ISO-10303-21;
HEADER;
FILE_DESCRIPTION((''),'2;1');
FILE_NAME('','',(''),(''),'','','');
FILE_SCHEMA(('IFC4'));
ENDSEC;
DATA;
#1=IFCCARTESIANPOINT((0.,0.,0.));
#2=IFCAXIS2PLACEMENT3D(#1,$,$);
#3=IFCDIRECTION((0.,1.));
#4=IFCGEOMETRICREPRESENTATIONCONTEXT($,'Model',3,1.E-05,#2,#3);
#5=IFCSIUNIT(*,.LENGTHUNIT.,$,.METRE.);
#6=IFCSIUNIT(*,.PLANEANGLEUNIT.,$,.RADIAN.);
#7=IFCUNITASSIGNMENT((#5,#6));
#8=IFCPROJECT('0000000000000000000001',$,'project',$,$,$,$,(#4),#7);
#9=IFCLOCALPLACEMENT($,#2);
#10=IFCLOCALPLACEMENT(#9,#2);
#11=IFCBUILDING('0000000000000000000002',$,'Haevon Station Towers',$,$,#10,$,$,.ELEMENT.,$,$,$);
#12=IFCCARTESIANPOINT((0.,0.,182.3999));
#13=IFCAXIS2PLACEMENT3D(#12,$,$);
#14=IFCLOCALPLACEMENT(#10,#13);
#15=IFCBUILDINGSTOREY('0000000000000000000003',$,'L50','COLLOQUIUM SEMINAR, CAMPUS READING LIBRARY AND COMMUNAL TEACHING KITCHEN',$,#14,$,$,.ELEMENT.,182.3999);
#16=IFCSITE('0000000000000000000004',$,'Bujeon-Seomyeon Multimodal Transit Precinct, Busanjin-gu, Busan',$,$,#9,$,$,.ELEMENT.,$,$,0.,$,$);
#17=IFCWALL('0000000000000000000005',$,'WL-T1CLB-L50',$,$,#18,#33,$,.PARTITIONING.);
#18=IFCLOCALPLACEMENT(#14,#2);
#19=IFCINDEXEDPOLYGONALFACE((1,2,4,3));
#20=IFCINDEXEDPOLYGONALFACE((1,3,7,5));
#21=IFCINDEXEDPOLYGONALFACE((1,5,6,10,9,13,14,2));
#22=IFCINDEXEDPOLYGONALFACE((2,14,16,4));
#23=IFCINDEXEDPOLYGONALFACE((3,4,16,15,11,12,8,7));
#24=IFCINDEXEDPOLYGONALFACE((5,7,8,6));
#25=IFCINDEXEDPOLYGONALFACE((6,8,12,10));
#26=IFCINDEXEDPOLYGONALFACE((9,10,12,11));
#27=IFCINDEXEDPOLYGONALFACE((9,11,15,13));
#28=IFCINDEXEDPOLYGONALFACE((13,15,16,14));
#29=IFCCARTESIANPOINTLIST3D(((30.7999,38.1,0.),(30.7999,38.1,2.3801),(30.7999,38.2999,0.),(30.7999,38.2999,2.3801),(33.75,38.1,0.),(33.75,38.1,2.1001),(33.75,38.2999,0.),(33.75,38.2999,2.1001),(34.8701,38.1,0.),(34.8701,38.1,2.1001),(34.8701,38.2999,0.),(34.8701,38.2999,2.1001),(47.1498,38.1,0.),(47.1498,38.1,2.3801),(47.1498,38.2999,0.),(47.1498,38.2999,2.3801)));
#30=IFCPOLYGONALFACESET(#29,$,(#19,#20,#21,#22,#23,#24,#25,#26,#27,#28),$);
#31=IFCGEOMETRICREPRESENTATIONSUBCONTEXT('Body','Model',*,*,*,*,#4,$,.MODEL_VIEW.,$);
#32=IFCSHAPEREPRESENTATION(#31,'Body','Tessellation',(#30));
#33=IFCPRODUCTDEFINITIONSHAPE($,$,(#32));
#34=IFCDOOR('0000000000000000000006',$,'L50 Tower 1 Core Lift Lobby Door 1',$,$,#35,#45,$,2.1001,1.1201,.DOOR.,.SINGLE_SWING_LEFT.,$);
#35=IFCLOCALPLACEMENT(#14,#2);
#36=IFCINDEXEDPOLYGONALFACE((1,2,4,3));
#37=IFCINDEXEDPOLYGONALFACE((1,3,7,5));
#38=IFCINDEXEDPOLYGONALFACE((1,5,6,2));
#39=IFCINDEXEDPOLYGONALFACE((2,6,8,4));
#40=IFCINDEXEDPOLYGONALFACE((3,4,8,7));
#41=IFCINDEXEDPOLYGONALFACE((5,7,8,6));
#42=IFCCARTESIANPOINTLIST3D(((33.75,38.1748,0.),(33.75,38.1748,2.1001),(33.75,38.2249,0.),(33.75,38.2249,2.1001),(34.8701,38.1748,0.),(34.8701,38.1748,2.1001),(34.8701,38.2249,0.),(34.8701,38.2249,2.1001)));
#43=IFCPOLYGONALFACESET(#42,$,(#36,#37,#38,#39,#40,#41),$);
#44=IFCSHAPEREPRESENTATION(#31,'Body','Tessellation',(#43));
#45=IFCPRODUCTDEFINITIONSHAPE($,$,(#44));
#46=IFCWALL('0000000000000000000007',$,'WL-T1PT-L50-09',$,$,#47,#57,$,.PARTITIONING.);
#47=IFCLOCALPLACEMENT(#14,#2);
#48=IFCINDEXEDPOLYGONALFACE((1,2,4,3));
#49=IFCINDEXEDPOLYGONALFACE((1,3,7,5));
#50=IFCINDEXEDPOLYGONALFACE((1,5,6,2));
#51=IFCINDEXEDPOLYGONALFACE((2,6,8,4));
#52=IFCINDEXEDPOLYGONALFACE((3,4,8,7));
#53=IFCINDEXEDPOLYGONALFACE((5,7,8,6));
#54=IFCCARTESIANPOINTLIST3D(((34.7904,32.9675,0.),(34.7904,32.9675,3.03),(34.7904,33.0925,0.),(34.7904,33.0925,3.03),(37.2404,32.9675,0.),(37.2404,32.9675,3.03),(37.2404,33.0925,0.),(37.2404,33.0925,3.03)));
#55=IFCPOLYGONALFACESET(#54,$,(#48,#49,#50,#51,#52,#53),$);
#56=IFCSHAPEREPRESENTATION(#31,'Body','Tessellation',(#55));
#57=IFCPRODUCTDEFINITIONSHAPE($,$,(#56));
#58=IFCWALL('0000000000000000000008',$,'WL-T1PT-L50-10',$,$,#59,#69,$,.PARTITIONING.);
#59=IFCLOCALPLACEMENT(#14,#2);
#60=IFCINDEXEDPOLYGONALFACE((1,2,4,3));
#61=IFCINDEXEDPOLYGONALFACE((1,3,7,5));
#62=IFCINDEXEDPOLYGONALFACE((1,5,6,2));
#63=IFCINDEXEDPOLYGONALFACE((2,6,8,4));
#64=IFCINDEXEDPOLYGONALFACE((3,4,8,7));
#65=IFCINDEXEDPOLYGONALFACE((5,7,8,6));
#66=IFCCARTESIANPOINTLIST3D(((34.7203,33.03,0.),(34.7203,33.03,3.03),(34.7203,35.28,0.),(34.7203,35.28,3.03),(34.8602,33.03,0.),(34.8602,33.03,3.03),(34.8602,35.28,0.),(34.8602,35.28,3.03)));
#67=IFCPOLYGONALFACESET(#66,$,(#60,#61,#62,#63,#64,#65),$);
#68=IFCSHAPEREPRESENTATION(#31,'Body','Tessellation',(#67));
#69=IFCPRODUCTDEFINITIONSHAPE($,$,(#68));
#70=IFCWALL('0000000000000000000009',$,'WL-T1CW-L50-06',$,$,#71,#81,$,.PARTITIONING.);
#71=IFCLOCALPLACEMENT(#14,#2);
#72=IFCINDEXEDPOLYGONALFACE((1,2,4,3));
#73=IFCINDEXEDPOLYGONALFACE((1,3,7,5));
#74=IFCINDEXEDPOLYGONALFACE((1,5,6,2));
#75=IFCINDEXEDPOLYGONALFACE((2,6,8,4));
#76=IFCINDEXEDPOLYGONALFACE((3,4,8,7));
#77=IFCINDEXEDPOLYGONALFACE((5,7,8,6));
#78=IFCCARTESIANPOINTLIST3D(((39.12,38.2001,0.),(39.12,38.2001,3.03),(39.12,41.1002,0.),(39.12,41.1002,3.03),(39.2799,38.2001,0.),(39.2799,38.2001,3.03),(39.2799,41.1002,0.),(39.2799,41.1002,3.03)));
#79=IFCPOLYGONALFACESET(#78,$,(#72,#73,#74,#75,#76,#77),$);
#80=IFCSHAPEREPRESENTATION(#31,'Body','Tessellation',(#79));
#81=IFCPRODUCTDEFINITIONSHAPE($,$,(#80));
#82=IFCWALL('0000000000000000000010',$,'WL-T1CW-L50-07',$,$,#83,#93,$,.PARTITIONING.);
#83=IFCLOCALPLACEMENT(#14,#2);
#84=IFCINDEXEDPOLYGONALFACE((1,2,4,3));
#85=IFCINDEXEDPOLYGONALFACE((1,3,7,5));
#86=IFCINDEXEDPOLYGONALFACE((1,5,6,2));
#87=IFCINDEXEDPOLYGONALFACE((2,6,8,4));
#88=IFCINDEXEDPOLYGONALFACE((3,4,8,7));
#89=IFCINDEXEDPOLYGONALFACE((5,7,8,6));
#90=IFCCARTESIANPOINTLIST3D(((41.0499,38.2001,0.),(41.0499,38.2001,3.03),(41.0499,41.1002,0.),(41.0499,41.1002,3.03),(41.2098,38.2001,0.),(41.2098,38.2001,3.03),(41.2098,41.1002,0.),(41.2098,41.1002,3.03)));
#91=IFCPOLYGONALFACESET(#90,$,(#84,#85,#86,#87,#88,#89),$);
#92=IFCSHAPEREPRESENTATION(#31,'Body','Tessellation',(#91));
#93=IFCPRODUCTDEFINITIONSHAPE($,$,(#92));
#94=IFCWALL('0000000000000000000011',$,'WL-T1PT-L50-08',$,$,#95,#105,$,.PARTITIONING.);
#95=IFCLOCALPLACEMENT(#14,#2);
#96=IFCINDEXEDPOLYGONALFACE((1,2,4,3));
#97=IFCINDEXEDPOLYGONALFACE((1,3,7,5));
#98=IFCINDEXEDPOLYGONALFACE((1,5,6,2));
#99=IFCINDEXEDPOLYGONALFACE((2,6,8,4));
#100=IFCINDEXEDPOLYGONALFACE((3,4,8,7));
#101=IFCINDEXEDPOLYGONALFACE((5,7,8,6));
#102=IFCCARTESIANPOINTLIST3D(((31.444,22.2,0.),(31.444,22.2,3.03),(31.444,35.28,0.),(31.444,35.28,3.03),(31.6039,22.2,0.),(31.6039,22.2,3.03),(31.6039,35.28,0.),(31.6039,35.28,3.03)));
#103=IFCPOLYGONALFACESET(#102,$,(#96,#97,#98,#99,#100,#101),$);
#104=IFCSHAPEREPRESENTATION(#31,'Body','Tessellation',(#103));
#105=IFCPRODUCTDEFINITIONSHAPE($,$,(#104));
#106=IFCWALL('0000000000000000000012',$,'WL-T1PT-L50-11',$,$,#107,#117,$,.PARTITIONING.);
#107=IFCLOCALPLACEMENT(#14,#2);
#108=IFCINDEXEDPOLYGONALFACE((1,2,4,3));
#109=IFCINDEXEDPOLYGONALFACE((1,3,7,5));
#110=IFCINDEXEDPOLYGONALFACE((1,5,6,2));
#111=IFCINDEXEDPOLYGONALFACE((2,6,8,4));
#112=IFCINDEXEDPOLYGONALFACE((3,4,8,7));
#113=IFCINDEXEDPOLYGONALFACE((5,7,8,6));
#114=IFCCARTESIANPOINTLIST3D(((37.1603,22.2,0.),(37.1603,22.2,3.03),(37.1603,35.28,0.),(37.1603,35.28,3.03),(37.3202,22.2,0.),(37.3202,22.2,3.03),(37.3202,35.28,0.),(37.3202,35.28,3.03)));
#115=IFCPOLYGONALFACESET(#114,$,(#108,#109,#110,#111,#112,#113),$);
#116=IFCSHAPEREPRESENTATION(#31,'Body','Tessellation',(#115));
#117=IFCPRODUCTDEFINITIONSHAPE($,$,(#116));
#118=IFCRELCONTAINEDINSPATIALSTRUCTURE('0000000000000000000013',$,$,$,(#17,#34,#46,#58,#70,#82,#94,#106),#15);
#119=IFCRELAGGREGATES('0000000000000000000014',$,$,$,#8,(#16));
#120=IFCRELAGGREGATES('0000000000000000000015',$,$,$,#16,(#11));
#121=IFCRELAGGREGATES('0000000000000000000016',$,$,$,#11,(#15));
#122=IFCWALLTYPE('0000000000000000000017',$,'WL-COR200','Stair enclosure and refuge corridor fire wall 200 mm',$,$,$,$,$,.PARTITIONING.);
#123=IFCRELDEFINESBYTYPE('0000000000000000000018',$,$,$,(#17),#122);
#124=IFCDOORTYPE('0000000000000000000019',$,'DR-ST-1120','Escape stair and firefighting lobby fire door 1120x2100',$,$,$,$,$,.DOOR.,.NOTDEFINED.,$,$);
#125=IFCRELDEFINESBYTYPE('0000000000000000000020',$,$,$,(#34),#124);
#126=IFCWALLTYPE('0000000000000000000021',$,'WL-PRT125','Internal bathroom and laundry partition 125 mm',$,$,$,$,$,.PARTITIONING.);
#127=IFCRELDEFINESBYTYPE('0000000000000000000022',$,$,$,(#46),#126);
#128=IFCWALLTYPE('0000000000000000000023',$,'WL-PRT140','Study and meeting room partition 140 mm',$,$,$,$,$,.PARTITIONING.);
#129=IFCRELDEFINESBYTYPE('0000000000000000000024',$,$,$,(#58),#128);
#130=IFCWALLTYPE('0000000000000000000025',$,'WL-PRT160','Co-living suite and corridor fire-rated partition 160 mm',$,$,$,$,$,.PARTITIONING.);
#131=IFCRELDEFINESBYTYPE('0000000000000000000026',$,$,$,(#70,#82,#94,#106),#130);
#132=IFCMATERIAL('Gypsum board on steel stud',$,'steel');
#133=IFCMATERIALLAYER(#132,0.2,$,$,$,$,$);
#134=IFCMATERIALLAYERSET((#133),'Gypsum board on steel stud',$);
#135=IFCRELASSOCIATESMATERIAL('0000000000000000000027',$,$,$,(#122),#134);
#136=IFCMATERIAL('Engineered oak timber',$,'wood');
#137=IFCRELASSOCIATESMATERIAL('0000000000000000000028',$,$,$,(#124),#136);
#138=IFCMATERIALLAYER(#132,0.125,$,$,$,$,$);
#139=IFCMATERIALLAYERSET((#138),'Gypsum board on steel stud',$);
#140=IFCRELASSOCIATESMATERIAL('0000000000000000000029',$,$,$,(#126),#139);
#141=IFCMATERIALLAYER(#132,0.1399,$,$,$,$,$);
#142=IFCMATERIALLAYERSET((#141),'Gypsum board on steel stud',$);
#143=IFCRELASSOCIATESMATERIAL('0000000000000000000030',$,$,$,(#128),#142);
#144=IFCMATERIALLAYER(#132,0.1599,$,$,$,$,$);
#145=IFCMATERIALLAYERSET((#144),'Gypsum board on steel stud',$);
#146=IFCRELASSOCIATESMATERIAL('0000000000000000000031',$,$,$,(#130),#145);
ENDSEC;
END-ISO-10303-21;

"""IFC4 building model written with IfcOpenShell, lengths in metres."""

from ifc_helpers import new_model, si_unit, direction, frame, frame_2d, origin, place, context, subcontext, project, spatial, rectangle, extrude, material, layer, layer_set, type_object, element, fill, save


model = new_model("IFC4")

# Units and contexts
model_context = context("Model", 3, precision=1e-05, world=origin(), true_north=direction((0.0, 1.0)))
body_context = subcontext(model_context, "Body", "Model", "MODEL_VIEW")
ifc_project = project(units=[si_unit("LENGTHUNIT", "METRE"), si_unit("PLANEANGLEUNIT", "RADIAN")], contexts=[model_context])

# Site, building, storey
site_placement = place(None, origin())
site = spatial("IfcSite", under=ifc_project, at=site_placement, Name="Bujeon-Seomyeon Multimodal Transit Precinct, Busanjin-gu, Busan", CompositionType="ELEMENT", RefElevation=0.0)
building_placement = place(site_placement, origin())
building = spatial("IfcBuilding", under=site, at=building_placement, Name="Haevon Station Towers", CompositionType="ELEMENT")
storey_placement = place(building_placement, frame((0.0, 0.0, 182.3999)))
storey = spatial("IfcBuildingStorey", under=building, at=storey_placement, Name="L50", Description="COLLOQUIUM SEMINAR, CAMPUS READING LIBRARY AND COMMUNAL TEACHING KITCHEN", CompositionType="ELEMENT", Elevation=182.3999)

# Wall, opening, door
ifc_material_1 = material(Name="Gypsum board on steel stud", Category="steel")
ifc_layer_1 = layer(ifc_material_1, 0.2)
ifc_layer_set_1 = layer_set([ifc_layer_1], Name="Gypsum board on steel stud")
wall_type_1 = type_object("IfcWallType", Name="WL-COR200", Description="Stair enclosure and refuge corridor fire wall 200 mm", PredefinedType="PARTITIONING", material=ifc_layer_set_1)
ifc_material_2 = material(Name="Engineered oak timber", Category="wood")
wall_1_placement = place(storey_placement, frame((30.8, 38.2, 0.0), z_axis=(0.0, 0.0, 1.0), x_axis=(1.0, 0.0, 0.0)))
wall_1 = element("IfcWall", 1, at=wall_1_placement, inside=storey, type_object=wall_type_1, Name="WL-T1CLB-L50", PredefinedType="PARTITIONING", context=body_context, shape_type="SweptSolid", body=[
    extrude(rectangle(XDim=16.3499, YDim=0.2, at=frame_2d((8.1748, 0.0))), origin(), (0.0, 0.0, 1.0), 2.3801),
])
opening_1_placement = place(wall_1_placement, frame((2.95, 0.0, 0.0)))
opening_1 = element("IfcOpeningElement", 2, at=opening_1_placement, cuts=wall_1, PredefinedType="OPENING", context=body_context, shape_type="SweptSolid", body=[
    extrude(rectangle(XDim=1.1201, YDim=2.1001, at=frame_2d((0.5601, 1.05))), frame((0.0, 0.1099, 0.0), z_axis=(0.0, -1.0, 0.0), x_axis=(1.0, 0.0, 0.0)), (0.0, 0.0, 1.0), 0.22),
])
door_type_1 = type_object("IfcDoorType", Name="DR-ST-1120", Description="Escape stair and firefighting lobby fire door 1120x2100", OperationType="NOTDEFINED", PredefinedType="DOOR", material=ifc_material_2)
door_1_placement = place(opening_1_placement, origin())
door_1 = element("IfcDoor", 3, at=door_1_placement, inside=storey, type_object=door_type_1, Name="L50 Tower 1 Core Lift Lobby Door 1", OperationType="SINGLE_SWING_LEFT", OverallHeight=2.1001, OverallWidth=1.1201, PredefinedType="DOOR", context=body_context, shape_type="SweptSolid", body=[
    extrude(rectangle(XDim=1.1201, YDim=2.1001, at=frame_2d((0.5601, 1.05))), frame((0.0, 0.0249, 0.0), z_axis=(0.0, -1.0, 0.0), x_axis=(1.0, 0.0, 0.0)), (0.0, 0.0, 1.0), 0.05),
])
fill(opening_1, door_1)

# Walls
ifc_layer_2 = layer(ifc_material_1, 0.125)
ifc_layer_set_2 = layer_set([ifc_layer_2], Name="Gypsum board on steel stud")
wall_type_2 = type_object("IfcWallType", Name="WL-PRT125", Description="Internal bathroom and laundry partition 125 mm", PredefinedType="PARTITIONING", material=ifc_layer_set_2)
wall_2_placement = place(storey_placement, frame((34.7903, 33.03, 0.0), z_axis=(0.0, 0.0, 1.0), x_axis=(1.0, 0.0, 0.0)))
element("IfcWall", 4, at=wall_2_placement, inside=storey, type_object=wall_type_2, Name="WL-T1PT-L50-09", PredefinedType="PARTITIONING", context=body_context, shape_type="SweptSolid", body=[
    extrude(rectangle(XDim=2.45, YDim=0.125, at=frame_2d((1.2251, 0.0))), origin(), (0.0, 0.0, 1.0), 3.03),
])
ifc_layer_3 = layer(ifc_material_1, 0.1399)
ifc_layer_set_3 = layer_set([ifc_layer_3], Name="Gypsum board on steel stud")
wall_type_3 = type_object("IfcWallType", Name="WL-PRT140", Description="Study and meeting room partition 140 mm", PredefinedType="PARTITIONING", material=ifc_layer_set_3)
wall_3_placement = place(storey_placement, frame((34.7903, 33.03, 0.0), z_axis=(0.0, 0.0, 1.0), x_axis=(0.0, 1.0, 0.0)))
element("IfcWall", 5, at=wall_3_placement, inside=storey, type_object=wall_type_3, Name="WL-T1PT-L50-10", PredefinedType="PARTITIONING", context=body_context, shape_type="SweptSolid", body=[
    extrude(rectangle(XDim=2.25, YDim=0.1399, at=frame_2d((1.125, 0.0))), origin(), (0.0, 0.0, 1.0), 3.03),
])
ifc_layer_4 = layer(ifc_material_1, 0.1599)
ifc_layer_set_4 = layer_set([ifc_layer_4], Name="Gypsum board on steel stud")
wall_type_4 = type_object("IfcWallType", Name="WL-PRT160", Description="Co-living suite and corridor fire-rated partition 160 mm", PredefinedType="PARTITIONING", material=ifc_layer_set_4)
for number, where, z_axis, x_axis, name in (
    (6, (39.2, 38.2, 0.0), (0.0, 0.0, 1.0), (0.0, 1.0, 0.0), "WL-T1CW-L50-06"),
    (7, (41.1299, 38.2, 0.0), (0.0, 0.0, 1.0), (0.0, 1.0, 0.0), "WL-T1CW-L50-07"),
):
    element("IfcWall", number, at=place(storey_placement, frame(where, z_axis=z_axis, x_axis=x_axis)), inside=storey, type_object=wall_type_4, Name=name, PredefinedType="PARTITIONING", context=body_context, shape_type="SweptSolid", body=[
        extrude(rectangle(XDim=2.9001, YDim=0.1599, at=frame_2d((1.4502, 0.0))), origin(), (0.0, 0.0, 1.0), 3.03),
    ])
for number, where, z_axis, x_axis, name in (
    (8, (31.5239, 22.2, 0.0), (0.0, 0.0, 1.0), (0.0, 1.0, 0.0), "WL-T1PT-L50-08"),
    (9, (37.2402, 22.2, 0.0), (0.0, 0.0, 1.0), (0.0, 1.0, 0.0), "WL-T1PT-L50-11"),
):
    element("IfcWall", number, at=place(storey_placement, frame(where, z_axis=z_axis, x_axis=x_axis)), inside=storey, type_object=wall_type_4, Name=name, PredefinedType="PARTITIONING", context=body_context, shape_type="SweptSolid", body=[
        extrude(rectangle(XDim=13.0801, YDim=0.1599, at=frame_2d((6.54, 0.0))), origin(), (0.0, 0.0, 1.0), 3.03),
    ])

save(model, "model.ifc")
